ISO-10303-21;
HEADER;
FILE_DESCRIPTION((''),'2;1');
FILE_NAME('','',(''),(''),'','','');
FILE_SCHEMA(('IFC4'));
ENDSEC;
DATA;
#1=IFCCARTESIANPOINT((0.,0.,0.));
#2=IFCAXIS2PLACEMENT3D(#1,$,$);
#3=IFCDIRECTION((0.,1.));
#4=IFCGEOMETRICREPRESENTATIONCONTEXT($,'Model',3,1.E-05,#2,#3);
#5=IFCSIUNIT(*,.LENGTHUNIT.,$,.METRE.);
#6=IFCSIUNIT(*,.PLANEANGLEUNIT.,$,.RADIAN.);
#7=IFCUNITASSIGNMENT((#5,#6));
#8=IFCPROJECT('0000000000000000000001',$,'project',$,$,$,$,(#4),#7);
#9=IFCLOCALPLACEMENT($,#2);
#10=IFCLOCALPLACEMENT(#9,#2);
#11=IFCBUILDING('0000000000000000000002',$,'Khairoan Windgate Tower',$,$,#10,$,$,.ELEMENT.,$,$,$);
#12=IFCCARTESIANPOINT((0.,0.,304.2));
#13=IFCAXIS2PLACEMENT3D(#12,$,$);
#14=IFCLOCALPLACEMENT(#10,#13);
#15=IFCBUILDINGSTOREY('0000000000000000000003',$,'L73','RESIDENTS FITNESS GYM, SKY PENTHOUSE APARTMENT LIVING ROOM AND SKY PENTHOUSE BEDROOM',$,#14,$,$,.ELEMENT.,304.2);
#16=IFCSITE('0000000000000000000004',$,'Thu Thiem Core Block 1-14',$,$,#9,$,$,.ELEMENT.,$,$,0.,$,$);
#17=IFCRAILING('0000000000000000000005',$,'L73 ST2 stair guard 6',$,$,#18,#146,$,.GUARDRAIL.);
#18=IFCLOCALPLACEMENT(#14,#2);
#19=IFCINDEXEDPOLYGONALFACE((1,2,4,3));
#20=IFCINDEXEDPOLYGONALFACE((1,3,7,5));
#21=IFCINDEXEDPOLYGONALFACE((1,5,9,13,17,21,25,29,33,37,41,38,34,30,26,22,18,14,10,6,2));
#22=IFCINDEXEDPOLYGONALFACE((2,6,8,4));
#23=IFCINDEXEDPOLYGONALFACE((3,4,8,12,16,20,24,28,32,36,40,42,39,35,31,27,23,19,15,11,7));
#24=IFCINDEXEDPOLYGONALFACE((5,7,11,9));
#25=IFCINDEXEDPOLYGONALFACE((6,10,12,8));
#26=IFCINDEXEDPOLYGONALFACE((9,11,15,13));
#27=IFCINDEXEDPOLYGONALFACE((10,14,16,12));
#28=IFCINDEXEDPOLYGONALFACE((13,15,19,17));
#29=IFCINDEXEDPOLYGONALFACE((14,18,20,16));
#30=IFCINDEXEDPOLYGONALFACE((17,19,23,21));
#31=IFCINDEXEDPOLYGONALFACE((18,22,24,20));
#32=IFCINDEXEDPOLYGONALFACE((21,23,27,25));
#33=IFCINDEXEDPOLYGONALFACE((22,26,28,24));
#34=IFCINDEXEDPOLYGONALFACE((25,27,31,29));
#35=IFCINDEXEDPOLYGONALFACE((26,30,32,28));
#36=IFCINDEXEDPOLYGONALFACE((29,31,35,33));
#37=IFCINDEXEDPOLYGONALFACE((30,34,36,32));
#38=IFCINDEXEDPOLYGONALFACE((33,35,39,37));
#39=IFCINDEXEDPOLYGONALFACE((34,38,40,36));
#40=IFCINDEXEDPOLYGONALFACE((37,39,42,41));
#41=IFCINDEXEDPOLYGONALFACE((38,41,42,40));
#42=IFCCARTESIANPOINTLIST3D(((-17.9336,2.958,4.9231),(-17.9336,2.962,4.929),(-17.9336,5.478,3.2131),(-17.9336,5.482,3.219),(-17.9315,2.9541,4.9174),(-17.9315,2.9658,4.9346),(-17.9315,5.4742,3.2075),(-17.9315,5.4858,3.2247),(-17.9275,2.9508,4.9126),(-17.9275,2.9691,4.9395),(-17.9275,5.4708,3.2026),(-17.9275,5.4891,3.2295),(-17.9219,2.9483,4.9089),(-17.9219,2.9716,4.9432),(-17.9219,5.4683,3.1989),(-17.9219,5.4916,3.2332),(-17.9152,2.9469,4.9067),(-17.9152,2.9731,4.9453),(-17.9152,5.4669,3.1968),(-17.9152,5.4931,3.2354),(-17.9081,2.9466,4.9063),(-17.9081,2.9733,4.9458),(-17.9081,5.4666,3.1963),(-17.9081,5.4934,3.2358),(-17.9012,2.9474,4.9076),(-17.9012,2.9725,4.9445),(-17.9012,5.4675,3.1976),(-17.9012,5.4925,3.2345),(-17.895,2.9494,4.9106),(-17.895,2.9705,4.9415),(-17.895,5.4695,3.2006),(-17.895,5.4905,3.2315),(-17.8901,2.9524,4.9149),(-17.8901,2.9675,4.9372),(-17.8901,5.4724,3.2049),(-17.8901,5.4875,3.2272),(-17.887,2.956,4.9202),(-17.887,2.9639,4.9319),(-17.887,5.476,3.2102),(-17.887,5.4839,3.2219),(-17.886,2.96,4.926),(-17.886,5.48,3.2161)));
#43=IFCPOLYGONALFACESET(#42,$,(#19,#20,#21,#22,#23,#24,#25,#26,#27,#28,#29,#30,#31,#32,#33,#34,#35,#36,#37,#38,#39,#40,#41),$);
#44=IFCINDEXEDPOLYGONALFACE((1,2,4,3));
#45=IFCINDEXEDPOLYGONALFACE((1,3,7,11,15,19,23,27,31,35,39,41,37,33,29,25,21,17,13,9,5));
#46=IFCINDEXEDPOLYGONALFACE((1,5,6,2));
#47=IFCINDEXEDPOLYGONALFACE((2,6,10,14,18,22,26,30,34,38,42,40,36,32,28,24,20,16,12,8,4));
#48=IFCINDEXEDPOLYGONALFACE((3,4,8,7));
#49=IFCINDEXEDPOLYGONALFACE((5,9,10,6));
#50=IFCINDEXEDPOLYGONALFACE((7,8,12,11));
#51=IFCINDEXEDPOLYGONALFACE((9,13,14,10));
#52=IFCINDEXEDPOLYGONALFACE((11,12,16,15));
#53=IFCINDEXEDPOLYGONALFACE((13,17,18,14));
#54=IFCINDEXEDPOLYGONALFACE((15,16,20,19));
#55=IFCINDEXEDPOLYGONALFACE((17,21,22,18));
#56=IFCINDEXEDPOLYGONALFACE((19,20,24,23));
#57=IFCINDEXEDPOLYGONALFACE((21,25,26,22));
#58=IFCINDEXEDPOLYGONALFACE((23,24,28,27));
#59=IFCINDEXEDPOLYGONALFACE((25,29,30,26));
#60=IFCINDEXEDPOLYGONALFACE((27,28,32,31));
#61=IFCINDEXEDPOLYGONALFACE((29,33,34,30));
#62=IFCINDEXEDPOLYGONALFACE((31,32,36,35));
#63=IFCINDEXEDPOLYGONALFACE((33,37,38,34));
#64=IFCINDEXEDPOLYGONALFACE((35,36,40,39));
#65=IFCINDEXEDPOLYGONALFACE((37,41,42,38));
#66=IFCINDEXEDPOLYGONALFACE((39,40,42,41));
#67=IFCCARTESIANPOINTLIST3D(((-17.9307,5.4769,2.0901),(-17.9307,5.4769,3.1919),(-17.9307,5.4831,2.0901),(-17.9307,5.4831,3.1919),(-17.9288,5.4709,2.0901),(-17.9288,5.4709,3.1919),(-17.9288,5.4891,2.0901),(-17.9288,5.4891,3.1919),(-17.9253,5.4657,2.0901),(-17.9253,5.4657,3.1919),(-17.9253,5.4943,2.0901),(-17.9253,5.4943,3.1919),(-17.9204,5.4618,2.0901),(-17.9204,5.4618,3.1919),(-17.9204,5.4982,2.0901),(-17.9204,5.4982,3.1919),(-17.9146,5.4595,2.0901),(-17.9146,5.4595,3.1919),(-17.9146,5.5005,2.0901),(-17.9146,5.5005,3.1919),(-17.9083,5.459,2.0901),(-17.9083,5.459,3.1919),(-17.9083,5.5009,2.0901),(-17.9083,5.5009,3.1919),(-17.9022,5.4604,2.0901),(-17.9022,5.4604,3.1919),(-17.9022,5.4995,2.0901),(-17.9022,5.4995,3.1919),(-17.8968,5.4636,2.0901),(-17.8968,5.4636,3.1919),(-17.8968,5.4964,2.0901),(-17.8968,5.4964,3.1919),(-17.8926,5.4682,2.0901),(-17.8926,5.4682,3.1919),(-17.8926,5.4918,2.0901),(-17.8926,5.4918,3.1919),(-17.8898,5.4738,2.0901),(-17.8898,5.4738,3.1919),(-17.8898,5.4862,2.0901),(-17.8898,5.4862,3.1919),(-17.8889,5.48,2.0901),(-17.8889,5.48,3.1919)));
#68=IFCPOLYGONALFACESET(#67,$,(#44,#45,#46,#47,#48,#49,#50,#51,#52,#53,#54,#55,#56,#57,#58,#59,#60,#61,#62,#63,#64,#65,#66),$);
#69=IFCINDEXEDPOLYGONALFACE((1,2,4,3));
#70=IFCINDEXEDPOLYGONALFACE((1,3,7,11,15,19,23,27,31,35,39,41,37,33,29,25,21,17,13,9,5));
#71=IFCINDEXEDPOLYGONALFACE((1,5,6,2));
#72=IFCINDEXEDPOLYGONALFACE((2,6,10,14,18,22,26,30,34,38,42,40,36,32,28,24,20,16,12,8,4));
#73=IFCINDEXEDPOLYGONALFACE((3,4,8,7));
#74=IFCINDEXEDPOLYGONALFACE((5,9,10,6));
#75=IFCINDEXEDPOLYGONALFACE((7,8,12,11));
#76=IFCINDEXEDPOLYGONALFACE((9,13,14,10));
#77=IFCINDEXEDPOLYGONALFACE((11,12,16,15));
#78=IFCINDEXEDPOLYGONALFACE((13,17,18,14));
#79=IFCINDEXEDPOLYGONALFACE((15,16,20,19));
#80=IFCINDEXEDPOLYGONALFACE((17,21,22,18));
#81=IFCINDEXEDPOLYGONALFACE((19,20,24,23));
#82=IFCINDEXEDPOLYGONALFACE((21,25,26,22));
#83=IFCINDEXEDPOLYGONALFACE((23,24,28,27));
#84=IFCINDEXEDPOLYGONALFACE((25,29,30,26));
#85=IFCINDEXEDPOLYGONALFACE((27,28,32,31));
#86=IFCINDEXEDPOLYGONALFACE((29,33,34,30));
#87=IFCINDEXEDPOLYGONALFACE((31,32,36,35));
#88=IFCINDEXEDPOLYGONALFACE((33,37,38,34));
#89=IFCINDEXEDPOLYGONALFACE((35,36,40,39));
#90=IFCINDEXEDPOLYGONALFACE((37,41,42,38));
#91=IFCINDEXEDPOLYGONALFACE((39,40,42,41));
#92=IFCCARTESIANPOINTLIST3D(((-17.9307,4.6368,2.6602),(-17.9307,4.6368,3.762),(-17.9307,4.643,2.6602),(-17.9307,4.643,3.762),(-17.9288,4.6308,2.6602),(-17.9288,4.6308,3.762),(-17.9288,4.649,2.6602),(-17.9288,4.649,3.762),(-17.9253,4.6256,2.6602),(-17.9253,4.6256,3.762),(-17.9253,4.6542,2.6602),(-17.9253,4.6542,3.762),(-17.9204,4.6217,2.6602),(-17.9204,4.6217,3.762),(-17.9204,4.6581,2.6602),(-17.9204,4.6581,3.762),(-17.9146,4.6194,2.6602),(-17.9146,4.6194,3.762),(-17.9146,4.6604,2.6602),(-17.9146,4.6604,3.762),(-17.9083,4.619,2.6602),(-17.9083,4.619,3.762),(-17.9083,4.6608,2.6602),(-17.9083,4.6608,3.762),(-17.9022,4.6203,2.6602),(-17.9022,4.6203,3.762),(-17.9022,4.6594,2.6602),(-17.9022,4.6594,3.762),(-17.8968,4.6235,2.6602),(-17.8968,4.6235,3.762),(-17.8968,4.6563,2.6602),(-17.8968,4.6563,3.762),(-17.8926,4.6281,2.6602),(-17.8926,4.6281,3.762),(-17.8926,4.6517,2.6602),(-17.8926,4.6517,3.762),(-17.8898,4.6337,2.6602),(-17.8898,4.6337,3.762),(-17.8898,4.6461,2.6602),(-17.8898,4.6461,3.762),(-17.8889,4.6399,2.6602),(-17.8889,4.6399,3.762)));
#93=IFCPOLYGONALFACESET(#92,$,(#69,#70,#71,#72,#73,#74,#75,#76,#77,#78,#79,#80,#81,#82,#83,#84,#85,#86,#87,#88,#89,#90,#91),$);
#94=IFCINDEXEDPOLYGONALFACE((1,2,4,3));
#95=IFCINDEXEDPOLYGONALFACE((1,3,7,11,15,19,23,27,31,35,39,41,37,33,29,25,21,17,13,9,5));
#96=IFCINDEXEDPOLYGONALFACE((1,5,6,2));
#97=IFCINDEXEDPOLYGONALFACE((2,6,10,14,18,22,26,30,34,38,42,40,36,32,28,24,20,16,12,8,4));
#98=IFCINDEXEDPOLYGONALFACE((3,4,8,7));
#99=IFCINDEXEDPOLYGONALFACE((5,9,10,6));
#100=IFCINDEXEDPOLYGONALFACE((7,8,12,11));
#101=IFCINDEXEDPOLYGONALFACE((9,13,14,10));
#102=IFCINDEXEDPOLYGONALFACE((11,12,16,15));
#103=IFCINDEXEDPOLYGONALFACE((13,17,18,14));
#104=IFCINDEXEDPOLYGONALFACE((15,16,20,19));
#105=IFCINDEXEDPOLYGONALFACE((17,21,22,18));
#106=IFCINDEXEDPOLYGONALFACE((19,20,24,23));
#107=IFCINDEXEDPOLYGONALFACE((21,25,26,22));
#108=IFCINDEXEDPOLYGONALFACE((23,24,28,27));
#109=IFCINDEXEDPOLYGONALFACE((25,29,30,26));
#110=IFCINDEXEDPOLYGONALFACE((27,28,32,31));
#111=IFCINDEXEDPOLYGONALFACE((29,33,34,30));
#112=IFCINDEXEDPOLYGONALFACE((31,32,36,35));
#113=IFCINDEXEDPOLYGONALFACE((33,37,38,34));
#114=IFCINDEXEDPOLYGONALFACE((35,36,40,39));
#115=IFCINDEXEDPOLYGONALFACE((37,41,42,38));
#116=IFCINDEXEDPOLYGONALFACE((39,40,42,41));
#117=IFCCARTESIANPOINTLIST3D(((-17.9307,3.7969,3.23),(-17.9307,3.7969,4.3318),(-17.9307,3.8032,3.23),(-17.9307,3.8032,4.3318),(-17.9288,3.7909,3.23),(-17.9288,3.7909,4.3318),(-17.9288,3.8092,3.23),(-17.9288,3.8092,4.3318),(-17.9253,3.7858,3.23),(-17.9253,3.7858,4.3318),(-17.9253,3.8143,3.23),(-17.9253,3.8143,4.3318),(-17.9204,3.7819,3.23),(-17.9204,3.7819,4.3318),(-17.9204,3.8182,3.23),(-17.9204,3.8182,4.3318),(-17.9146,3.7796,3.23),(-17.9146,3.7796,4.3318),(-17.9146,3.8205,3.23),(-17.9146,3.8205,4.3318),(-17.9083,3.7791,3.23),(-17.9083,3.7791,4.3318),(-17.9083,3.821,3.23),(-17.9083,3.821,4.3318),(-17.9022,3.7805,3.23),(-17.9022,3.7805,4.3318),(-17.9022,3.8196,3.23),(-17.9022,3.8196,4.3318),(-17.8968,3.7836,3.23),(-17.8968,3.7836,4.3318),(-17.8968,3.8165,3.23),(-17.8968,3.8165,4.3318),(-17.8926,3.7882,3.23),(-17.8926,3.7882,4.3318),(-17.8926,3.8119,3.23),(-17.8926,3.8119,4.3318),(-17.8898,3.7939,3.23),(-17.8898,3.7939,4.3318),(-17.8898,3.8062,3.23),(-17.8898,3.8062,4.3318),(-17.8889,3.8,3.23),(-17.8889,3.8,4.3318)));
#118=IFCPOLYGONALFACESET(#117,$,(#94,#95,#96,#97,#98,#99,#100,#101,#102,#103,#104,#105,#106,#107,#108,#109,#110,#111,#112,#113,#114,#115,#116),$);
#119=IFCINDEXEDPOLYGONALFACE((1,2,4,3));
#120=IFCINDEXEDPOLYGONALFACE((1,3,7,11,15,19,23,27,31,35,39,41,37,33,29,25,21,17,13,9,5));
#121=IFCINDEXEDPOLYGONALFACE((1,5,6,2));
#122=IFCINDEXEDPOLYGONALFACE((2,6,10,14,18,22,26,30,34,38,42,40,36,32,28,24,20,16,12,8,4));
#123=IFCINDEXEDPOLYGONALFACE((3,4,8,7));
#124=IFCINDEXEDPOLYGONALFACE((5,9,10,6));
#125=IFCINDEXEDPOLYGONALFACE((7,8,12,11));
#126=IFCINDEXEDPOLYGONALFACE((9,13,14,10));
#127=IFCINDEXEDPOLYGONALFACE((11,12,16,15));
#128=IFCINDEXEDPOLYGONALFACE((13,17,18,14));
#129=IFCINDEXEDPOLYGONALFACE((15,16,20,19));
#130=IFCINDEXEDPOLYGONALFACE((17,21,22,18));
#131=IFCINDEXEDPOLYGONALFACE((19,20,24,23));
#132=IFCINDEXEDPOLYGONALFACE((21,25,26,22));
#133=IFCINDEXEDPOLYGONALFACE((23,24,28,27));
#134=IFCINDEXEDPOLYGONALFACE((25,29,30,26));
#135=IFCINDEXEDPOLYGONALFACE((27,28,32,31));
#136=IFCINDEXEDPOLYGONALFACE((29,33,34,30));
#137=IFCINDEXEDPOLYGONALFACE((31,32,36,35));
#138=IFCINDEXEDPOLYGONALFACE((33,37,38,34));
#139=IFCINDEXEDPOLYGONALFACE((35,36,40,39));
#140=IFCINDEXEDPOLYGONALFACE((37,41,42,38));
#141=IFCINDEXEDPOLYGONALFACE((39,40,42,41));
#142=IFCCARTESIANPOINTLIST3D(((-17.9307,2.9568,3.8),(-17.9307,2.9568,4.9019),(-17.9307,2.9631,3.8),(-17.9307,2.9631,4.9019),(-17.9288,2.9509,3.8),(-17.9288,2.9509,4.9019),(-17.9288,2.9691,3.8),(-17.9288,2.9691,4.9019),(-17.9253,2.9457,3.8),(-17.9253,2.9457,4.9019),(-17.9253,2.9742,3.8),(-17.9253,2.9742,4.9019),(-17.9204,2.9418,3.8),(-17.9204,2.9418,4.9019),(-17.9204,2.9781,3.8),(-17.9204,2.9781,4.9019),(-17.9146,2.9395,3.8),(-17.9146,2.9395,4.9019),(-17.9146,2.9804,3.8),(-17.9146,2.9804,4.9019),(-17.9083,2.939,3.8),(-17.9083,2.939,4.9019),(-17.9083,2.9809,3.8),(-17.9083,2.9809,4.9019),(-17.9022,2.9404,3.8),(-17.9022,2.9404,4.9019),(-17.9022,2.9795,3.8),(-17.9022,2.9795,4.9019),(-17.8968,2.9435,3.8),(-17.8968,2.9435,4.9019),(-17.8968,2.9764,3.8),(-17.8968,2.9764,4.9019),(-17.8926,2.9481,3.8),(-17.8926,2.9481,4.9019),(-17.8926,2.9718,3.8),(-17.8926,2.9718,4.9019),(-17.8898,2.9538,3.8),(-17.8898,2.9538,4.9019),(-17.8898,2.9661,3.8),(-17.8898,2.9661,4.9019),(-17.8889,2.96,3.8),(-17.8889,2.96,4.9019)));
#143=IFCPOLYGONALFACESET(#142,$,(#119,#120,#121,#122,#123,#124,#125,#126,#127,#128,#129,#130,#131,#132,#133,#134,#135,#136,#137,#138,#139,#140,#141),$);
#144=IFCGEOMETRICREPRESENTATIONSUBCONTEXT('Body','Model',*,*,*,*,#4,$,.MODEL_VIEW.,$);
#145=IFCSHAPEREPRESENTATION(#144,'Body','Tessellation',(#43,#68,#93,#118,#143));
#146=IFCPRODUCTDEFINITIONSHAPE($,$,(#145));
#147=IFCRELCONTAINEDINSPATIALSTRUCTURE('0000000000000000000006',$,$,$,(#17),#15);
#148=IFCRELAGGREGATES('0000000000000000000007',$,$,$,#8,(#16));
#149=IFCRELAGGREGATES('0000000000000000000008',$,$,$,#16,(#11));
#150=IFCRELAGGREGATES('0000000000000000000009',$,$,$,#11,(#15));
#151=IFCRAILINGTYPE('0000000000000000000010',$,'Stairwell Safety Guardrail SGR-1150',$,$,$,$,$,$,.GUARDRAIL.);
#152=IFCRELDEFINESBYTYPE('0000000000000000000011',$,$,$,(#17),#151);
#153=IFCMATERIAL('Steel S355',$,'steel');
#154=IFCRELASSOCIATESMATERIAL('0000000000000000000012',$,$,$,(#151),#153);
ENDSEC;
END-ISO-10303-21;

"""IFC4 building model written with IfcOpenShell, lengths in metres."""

from ifc_helpers import new_model, si_unit, direction, frame, origin, origin_2d, place, context, subcontext, project, spatial, circle, extrude, material, type_object, element, save


model = new_model("IFC4")

# Units and contexts
model_context = context("Model", 3, precision=1e-05, world=origin(), true_north=direction((0.0, 1.0)))
body_context = subcontext(model_context, "Body", "Model", "MODEL_VIEW")
ifc_project = project(units=[si_unit("LENGTHUNIT", "METRE"), si_unit("PLANEANGLEUNIT", "RADIAN")], contexts=[model_context])

# Site, building, storey
site_placement = place(None, origin())
site = spatial("IfcSite", under=ifc_project, at=site_placement, Name="Thu Thiem Core Block 1-14", CompositionType="ELEMENT", RefElevation=0.0)
building_placement = place(site_placement, origin())
building = spatial("IfcBuilding", under=site, at=building_placement, Name="Khairoan Windgate Tower", CompositionType="ELEMENT")
storey_placement = place(building_placement, frame((0.0, 0.0, 304.2)))
storey = spatial("IfcBuildingStorey", under=building, at=storey_placement, Name="L73", Description="RESIDENTS FITNESS GYM, SKY PENTHOUSE APARTMENT LIVING ROOM AND SKY PENTHOUSE BEDROOM", CompositionType="ELEMENT", Elevation=304.2)

# Railing
ifc_material_1 = material(Name="Steel S355", Category="steel")
railing_type_1 = type_object("IfcRailingType", Name="Stairwell Safety Guardrail SGR-1150", PredefinedType="GUARDRAIL", material=ifc_material_1)
railing_1_placement = place(storey_placement, frame((-17.9099, 5.48, 2.0901)))
element("IfcRailing", 1, at=railing_1_placement, inside=storey, type_object=railing_type_1, Name="L73 ST2 stair guard 6", PredefinedType="GUARDRAIL", context=body_context, shape_type="SweptSolid", body=[
    extrude(circle(Radius=0.0239, at=origin_2d()), frame((0.0, 0.0, 1.126), z_axis=(0.0, -0.827484, 0.56149), x_axis=(1.0, 0.0, 0.0)), (0.0, 0.0, 1.0), 3.0454),
    extrude(circle(Radius=0.021, at=origin_2d()), origin(), (0.0, 0.0, 1.0), 1.1018),
    extrude(circle(Radius=0.021, at=origin_2d()), frame((0.0, -0.8401, 0.5701)), (0.0, 0.0, 1.0), 1.1018),
    extrude(circle(Radius=0.021, at=origin_2d()), frame((0.0, -1.6799, 1.1399)), (0.0, 0.0, 1.0), 1.1018),
    extrude(circle(Radius=0.021, at=origin_2d()), frame((0.0, -2.52, 1.71)), (0.0, 0.0, 1.0), 1.1018),
])

save(model, "model.ifc")
